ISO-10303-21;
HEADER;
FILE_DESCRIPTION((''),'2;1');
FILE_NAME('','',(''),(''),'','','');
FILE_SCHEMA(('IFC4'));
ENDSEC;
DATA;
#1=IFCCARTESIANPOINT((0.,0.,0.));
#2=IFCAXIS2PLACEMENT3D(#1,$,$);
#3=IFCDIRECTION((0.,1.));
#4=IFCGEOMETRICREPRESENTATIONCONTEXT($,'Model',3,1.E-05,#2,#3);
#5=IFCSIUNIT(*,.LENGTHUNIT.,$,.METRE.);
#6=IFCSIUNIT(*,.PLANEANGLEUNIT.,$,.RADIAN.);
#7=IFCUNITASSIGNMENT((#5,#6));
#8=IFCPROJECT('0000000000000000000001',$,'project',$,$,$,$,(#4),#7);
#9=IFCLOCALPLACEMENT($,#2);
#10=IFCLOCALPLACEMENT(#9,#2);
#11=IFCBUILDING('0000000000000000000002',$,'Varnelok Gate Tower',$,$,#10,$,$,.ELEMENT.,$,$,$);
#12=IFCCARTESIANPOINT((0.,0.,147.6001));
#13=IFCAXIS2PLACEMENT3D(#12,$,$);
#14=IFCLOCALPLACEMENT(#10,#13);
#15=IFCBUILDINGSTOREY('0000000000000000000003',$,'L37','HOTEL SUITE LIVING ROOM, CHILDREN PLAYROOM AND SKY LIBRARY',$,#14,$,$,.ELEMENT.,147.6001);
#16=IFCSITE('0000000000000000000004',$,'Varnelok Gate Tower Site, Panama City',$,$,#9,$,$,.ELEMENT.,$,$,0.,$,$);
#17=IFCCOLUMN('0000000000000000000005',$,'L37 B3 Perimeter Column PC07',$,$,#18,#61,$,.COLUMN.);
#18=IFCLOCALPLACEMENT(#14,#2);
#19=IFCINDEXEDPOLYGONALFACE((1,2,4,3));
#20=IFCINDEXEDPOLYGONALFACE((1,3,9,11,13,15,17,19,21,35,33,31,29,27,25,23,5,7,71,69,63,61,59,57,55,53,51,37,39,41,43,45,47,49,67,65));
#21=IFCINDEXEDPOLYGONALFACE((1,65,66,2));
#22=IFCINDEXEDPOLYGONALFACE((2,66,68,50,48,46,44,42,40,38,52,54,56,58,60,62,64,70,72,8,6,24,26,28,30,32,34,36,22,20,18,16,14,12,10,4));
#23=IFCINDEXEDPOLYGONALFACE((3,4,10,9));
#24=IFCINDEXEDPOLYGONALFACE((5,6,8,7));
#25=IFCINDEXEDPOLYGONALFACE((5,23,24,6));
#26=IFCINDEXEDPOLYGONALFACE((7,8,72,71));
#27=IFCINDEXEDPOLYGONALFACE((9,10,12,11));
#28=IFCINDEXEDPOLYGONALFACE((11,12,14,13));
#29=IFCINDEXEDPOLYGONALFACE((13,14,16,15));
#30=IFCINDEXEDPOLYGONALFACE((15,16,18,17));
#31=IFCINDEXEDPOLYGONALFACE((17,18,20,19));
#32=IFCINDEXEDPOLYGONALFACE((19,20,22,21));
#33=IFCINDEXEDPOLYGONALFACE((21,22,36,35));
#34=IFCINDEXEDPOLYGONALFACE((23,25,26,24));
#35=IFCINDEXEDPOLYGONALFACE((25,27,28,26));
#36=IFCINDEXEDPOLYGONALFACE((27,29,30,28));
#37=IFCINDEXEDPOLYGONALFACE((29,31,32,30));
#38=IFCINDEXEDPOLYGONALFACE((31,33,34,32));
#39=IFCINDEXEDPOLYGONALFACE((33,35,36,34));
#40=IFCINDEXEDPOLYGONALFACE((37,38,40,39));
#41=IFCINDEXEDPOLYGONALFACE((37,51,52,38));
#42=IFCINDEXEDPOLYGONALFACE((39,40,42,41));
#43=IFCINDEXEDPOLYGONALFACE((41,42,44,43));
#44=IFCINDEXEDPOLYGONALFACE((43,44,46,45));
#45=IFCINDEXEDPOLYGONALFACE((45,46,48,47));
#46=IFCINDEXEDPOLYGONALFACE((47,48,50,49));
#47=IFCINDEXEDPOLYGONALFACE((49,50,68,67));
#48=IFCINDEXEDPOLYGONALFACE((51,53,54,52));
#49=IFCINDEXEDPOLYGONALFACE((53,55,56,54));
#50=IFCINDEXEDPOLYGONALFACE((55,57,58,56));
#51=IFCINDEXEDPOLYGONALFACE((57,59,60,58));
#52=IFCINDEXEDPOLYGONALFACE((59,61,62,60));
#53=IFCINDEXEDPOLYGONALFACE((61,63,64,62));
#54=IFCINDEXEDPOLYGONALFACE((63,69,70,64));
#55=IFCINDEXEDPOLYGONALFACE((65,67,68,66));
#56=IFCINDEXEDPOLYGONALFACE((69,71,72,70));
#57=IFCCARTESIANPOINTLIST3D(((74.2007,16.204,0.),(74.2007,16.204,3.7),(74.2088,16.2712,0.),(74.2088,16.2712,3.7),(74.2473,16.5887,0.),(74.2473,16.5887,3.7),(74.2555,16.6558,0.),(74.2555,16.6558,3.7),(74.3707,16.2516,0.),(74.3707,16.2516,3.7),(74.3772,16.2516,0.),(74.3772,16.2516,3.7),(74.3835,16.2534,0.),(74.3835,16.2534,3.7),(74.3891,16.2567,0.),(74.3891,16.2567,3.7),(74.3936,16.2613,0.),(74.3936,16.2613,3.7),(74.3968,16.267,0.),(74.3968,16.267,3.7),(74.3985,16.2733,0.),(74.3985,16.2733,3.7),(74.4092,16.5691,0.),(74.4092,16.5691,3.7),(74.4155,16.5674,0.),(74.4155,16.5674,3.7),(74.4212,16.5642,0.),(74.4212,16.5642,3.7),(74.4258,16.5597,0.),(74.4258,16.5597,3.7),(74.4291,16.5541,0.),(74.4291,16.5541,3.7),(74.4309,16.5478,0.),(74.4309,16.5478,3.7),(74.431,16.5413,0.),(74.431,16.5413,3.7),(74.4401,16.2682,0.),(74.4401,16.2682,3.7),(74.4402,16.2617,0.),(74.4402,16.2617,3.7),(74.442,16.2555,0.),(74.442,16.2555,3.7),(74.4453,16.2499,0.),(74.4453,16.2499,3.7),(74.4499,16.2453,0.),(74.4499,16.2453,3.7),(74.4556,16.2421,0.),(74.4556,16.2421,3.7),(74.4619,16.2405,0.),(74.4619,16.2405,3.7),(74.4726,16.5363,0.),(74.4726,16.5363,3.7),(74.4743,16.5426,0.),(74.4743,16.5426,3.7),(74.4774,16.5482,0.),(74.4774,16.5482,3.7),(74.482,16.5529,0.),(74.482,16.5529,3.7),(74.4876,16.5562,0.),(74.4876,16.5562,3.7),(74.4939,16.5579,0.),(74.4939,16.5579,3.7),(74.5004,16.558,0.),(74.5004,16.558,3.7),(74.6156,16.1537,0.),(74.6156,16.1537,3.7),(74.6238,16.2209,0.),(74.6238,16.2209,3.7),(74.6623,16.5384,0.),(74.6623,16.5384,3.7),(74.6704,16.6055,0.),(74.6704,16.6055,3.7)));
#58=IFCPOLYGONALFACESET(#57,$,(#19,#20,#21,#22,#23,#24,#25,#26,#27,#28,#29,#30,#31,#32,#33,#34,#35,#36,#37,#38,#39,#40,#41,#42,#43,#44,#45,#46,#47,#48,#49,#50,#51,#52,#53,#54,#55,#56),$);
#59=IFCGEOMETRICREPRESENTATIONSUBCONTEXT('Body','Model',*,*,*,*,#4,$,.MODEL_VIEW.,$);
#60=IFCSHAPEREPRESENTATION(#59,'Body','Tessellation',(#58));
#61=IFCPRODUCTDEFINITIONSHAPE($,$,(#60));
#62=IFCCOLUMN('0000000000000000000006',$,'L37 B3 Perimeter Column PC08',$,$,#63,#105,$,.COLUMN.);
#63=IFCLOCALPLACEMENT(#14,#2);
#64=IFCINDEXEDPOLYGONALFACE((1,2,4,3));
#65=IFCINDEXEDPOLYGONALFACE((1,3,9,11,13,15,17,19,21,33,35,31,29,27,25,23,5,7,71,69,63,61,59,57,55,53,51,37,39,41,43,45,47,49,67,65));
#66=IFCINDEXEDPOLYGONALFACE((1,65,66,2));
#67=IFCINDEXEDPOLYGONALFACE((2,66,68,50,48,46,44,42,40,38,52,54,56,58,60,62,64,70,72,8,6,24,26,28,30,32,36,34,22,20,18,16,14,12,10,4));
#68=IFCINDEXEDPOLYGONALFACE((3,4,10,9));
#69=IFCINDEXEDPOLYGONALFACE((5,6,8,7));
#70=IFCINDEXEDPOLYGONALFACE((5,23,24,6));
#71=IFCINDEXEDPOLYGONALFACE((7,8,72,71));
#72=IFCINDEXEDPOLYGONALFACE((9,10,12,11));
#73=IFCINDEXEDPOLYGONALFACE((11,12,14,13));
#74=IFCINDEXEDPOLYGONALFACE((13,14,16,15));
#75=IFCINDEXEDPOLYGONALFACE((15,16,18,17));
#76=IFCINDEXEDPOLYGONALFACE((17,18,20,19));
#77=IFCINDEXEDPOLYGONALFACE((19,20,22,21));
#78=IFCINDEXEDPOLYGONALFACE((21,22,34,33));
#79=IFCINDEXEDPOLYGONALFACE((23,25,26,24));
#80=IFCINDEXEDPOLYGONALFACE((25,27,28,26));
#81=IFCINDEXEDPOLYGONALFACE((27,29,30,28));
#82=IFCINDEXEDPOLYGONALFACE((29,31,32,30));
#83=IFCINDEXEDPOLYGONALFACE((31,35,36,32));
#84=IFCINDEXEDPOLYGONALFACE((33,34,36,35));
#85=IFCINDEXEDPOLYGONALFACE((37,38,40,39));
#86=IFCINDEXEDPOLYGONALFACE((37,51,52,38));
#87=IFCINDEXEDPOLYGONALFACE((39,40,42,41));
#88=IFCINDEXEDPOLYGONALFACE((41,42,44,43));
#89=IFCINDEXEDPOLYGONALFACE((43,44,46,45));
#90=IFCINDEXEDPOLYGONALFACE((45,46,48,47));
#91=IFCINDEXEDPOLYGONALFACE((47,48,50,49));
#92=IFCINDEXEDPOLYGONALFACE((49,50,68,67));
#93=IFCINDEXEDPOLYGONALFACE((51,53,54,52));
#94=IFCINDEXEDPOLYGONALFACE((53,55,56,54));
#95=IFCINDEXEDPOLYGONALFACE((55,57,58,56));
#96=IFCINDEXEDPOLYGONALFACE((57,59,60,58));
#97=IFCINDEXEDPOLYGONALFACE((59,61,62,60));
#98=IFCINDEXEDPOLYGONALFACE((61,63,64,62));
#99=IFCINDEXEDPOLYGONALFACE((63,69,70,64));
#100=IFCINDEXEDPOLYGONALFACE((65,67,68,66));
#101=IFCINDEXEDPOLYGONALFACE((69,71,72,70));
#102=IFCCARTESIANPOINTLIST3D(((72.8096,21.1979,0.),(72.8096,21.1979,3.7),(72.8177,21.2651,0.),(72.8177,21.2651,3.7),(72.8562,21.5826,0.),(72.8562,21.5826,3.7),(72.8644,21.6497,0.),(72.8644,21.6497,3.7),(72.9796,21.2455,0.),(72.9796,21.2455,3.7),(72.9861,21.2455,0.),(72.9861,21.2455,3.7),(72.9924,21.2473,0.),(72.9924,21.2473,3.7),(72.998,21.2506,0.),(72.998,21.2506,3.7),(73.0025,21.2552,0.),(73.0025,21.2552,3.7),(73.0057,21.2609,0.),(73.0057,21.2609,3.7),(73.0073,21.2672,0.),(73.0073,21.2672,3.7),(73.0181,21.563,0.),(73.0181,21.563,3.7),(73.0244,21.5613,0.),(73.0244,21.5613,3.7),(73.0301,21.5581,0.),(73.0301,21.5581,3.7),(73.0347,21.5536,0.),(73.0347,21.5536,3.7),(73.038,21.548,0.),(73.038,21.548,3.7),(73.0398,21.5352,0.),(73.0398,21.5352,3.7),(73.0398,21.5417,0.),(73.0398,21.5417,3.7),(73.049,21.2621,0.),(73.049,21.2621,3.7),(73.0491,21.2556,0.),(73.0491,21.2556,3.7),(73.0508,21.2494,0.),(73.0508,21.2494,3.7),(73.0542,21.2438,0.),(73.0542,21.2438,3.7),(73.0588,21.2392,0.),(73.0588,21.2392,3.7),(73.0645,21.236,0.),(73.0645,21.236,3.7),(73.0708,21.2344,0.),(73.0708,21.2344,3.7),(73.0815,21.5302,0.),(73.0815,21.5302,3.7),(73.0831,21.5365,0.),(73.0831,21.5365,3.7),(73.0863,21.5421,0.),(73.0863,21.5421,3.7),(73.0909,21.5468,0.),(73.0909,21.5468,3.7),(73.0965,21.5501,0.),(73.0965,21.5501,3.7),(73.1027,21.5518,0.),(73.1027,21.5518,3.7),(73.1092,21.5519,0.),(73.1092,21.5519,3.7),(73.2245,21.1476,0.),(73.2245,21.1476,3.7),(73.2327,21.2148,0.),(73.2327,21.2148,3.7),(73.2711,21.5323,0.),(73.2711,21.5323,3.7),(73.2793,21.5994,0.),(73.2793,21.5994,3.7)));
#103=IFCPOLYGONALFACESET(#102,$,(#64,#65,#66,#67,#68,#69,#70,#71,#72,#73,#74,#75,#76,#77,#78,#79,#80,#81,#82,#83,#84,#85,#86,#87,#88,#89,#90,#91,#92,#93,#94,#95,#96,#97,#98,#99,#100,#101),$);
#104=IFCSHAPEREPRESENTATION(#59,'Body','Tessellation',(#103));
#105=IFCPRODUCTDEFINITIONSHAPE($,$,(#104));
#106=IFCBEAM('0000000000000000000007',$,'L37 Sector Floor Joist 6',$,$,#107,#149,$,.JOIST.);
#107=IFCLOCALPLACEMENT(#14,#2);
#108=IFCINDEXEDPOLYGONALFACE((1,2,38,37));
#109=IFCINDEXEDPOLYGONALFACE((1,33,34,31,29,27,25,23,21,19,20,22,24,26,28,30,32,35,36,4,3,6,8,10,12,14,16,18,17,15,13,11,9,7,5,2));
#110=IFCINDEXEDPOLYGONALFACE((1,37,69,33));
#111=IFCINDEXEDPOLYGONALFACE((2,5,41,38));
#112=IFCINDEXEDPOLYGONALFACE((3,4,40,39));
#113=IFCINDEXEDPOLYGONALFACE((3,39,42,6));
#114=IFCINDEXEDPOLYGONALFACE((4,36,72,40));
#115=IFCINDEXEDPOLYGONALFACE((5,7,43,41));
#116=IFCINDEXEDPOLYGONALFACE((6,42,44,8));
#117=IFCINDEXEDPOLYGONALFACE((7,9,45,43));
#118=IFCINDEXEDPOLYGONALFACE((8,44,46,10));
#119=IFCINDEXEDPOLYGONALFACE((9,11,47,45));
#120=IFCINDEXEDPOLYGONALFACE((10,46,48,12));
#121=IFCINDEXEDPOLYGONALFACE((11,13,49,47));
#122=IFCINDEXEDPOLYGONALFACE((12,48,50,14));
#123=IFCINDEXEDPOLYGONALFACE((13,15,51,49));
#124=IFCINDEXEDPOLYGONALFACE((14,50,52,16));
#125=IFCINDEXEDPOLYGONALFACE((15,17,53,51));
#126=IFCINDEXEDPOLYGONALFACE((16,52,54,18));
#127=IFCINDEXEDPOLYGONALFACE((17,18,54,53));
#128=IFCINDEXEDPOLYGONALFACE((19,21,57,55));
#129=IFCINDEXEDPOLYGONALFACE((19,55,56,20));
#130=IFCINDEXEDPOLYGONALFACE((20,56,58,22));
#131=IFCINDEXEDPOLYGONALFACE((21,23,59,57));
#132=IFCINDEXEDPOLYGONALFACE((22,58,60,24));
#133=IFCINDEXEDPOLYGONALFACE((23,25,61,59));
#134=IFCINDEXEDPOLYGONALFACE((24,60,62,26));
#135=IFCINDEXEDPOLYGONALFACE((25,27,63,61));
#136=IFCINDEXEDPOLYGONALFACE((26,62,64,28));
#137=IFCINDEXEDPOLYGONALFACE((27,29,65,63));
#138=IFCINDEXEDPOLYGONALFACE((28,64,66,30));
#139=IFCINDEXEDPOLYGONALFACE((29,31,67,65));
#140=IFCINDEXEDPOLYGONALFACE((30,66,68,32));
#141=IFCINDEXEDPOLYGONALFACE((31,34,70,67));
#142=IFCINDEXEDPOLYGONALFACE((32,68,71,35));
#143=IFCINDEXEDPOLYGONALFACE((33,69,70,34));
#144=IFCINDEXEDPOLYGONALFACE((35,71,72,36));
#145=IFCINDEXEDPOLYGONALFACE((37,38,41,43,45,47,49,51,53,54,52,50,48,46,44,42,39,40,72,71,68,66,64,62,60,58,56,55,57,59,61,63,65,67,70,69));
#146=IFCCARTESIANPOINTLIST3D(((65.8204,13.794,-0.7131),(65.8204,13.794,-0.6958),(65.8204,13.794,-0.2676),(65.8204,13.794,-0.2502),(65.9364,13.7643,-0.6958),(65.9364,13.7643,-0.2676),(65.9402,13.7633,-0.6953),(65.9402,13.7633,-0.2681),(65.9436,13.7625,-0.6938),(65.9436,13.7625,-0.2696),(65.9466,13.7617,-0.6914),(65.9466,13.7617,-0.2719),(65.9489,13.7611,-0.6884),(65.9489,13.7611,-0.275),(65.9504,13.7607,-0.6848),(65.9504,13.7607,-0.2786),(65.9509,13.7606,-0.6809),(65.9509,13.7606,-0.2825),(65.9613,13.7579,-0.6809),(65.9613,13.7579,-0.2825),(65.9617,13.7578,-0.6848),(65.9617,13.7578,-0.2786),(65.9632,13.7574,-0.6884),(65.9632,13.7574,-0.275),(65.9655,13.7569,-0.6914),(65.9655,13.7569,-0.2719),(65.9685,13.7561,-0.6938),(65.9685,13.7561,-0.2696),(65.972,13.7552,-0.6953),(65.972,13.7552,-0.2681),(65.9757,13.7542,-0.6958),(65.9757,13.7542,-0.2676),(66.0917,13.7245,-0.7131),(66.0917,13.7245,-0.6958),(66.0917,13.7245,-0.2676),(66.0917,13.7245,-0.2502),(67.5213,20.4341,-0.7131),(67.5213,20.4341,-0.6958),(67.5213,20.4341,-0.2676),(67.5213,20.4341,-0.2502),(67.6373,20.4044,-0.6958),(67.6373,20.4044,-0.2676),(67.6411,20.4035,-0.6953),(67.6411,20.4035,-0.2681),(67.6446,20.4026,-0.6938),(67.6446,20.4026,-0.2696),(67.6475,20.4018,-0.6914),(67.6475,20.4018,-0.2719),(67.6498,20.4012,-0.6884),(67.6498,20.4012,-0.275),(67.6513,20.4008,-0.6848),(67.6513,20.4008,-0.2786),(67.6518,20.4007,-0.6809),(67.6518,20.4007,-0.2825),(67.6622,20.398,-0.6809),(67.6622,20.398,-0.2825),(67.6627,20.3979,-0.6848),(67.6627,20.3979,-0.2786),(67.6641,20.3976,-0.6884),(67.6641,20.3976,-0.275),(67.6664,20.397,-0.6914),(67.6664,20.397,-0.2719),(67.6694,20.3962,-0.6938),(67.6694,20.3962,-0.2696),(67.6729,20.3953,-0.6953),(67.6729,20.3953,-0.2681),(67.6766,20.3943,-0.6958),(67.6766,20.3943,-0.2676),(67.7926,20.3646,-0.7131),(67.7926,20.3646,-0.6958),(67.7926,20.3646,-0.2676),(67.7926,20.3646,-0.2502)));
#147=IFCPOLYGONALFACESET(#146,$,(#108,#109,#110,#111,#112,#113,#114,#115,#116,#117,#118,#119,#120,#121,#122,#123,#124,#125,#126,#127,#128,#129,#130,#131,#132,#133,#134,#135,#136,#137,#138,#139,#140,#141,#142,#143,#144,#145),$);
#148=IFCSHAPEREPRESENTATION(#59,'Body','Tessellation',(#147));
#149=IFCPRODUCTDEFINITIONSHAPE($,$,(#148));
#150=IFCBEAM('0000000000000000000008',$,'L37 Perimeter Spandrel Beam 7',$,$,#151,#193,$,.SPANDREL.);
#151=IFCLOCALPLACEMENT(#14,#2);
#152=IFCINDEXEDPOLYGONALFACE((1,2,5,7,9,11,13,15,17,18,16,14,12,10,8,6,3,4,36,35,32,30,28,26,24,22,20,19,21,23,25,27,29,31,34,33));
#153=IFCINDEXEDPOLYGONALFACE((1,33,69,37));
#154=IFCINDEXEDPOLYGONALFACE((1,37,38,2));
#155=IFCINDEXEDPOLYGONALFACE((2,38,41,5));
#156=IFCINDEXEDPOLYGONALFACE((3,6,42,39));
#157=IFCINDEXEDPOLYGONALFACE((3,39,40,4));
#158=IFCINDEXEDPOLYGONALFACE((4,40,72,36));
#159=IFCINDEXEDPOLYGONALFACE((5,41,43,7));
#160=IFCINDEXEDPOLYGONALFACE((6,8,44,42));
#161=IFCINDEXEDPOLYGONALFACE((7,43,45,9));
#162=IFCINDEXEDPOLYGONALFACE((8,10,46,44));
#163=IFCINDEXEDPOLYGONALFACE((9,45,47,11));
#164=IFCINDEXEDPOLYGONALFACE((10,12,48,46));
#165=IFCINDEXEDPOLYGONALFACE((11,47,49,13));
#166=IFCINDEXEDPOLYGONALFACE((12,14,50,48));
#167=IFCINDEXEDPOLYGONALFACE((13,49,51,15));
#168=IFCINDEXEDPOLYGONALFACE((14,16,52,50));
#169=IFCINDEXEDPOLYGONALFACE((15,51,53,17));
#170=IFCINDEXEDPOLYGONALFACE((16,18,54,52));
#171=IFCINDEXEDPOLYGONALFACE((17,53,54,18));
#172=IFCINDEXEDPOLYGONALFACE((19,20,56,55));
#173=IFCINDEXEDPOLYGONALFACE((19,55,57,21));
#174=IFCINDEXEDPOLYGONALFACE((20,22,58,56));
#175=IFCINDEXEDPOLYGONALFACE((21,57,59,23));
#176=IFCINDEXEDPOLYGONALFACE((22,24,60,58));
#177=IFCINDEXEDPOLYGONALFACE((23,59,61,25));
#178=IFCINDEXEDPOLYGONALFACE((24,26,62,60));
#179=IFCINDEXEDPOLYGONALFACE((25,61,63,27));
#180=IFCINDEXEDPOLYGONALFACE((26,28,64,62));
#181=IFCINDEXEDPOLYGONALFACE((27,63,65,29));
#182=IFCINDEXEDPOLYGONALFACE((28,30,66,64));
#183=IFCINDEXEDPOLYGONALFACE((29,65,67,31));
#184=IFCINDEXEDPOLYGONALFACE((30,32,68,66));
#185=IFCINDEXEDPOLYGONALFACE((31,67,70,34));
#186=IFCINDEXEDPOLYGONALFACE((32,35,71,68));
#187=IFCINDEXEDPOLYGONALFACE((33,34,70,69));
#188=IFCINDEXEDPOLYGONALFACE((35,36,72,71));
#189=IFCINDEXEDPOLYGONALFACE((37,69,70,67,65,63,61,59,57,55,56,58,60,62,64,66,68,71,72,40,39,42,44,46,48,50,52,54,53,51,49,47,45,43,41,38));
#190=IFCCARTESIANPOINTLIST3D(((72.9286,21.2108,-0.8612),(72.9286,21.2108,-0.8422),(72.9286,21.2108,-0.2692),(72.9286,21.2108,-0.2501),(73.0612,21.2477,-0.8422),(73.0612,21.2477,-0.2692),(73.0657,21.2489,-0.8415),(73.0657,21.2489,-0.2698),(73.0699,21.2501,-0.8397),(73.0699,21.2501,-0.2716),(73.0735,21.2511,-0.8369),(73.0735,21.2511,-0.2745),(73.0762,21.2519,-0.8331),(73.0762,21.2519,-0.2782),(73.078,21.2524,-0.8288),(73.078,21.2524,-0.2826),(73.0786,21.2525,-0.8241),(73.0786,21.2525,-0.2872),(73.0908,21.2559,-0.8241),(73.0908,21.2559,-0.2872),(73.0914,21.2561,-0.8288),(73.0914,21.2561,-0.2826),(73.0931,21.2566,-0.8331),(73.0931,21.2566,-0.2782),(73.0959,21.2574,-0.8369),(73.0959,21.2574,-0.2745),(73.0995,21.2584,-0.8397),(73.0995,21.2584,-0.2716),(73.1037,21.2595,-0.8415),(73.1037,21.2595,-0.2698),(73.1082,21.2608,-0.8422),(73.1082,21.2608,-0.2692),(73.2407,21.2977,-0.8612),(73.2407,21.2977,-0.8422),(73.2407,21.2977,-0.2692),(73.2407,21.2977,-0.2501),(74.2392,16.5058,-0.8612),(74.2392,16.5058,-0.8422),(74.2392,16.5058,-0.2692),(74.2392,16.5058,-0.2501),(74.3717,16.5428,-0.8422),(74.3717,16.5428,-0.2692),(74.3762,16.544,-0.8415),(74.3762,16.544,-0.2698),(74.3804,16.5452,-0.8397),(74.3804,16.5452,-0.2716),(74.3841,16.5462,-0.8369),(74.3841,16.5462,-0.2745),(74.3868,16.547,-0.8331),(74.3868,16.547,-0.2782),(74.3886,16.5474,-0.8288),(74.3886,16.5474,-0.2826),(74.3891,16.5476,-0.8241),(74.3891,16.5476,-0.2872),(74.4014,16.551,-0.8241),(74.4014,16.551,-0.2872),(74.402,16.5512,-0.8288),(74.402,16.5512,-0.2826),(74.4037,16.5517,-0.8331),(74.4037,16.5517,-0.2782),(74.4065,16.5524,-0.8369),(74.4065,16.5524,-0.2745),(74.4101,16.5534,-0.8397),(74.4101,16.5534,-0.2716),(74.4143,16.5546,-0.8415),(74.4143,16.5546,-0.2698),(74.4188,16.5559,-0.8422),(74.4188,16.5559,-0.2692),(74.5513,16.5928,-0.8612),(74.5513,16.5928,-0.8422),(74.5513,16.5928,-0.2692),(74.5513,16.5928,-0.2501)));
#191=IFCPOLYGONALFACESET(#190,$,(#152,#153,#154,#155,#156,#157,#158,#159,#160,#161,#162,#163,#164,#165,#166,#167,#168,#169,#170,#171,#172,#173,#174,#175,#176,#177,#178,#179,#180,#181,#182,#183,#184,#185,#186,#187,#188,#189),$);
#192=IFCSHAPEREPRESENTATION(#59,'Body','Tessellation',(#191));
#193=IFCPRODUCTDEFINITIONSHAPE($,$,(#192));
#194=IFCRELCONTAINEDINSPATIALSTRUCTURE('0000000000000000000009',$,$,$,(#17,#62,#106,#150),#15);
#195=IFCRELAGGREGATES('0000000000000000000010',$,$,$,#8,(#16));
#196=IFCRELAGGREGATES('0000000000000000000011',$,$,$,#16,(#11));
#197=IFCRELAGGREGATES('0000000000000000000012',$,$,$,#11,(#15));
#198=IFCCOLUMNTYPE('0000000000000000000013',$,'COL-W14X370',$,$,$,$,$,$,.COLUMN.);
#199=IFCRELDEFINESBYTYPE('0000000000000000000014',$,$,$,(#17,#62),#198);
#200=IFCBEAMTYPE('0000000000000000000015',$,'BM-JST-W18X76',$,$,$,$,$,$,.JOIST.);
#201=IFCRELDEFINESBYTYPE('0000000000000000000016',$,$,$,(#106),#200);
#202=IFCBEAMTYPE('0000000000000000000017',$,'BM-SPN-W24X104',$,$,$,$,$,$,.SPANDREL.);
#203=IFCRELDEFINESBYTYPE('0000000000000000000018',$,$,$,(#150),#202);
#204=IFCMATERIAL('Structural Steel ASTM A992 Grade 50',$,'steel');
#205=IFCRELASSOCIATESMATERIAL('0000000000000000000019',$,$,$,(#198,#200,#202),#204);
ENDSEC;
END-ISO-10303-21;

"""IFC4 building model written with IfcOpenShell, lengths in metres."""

from ifc_helpers import new_model, si_unit, direction, frame, origin, origin_2d, place, context, subcontext, project, spatial, i_section, extrude, material, material_profile, profile_set, type_object, element, save


model = new_model("IFC4")

# Units and contexts
model_context = context("Model", 3, precision=1e-05, world=origin(), true_north=direction((0.0, 1.0)))
body_context = subcontext(model_context, "Body", "Model", "MODEL_VIEW")
ifc_project = project(units=[si_unit("LENGTHUNIT", "METRE"), si_unit("PLANEANGLEUNIT", "RADIAN")], contexts=[model_context])

# Site, building, storey
site_placement = place(None, origin())
site = spatial("IfcSite", under=ifc_project, at=site_placement, Name="Varnelok Gate Tower Site, Panama City", CompositionType="ELEMENT", RefElevation=0.0)
building_placement = place(site_placement, origin())
building = spatial("IfcBuilding", under=site, at=building_placement, Name="Varnelok Gate Tower", CompositionType="ELEMENT")
storey_placement = place(building_placement, frame((0.0, 0.0, 147.6001)))
storey = spatial("IfcBuildingStorey", under=building, at=storey_placement, Name="L37", Description="HOTEL SUITE LIVING ROOM, CHILDREN PLAYROOM AND SKY LIBRARY", CompositionType="ELEMENT", Elevation=147.6001)

# Columns
ifc_material_1 = material(Name="Structural Steel ASTM A992 Grade 50", Category="steel")
ifc_material_profile_1 = material_profile(ifc_material_1, i_section(OverallWidth=0.418, OverallDepth=0.4551, WebThickness=0.042, FlangeThickness=0.0676, FilletRadius=0.0249, at=origin_2d()), Name="W14X370")
ifc_profile_set_1 = profile_set([ifc_material_profile_1], Name="Structural Steel ASTM A992 Grade 50")
column_type = type_object("IfcColumnType", Name="COL-W14X370", PredefinedType="COLUMN", material=ifc_profile_set_1)
for number, where, z_axis, x_axis, name in (
    (1, (74.4355, 16.4048, 0.0), (0.0, 0.0, 1.0), (0.992732, -0.120345, 0.0), "L37 B3 Perimeter Column PC07"),
    (2, (73.0444, 21.3987, 0.0), (0.0, 0.0, 1.0), (0.992732, -0.120345, 0.0), "L37 B3 Perimeter Column PC08"),
):
    element("IfcColumn", number, at=place(storey_placement, frame(where, z_axis=z_axis, x_axis=x_axis)), inside=storey, type_object=column_type, Name=name, PredefinedType="COLUMN", context=body_context, shape_type="SweptSolid", body=[
        extrude(i_section(OverallWidth=0.418, OverallDepth=0.4551, WebThickness=0.042, FlangeThickness=0.0676, FilletRadius=0.0249, at=origin_2d()), origin(), (0.0, 0.0, 1.0), 3.7),
    ])

# Beams
ifc_material_profile_2 = material_profile(ifc_material_1, i_section(OverallWidth=0.28, OverallDepth=0.4629, WebThickness=0.0107, FlangeThickness=0.0173, FilletRadius=0.0149, at=origin_2d()), Name="W18X76")
ifc_profile_set_2 = profile_set([ifc_material_profile_2], Name="Structural Steel ASTM A992 Grade 50")
beam_type_1 = type_object("IfcBeamType", Name="BM-JST-W18X76", PredefinedType="JOIST", material=ifc_profile_set_2)
beam_1_placement = place(storey_placement, frame((65.9561, 13.7593, -0.4817), z_axis=(0.248147, 0.968723, 0.0), x_axis=(-0.968723, 0.248147, 0.0)))
element("IfcBeam", 3, at=beam_1_placement, inside=storey, type_object=beam_type_1, Name="L37 Sector Floor Joist 6", PredefinedType="JOIST", context=body_context, shape_type="SweptSolid", body=[
    extrude(i_section(OverallWidth=0.28, OverallDepth=0.4629, WebThickness=0.0107, FlangeThickness=0.0173, FilletRadius=0.0149, at=origin_2d()), origin(), (0.0, 0.0, 1.0), 6.8545),
])
ifc_material_profile_3 = material_profile(ifc_material_1, i_section(OverallWidth=0.324, OverallDepth=0.6111, WebThickness=0.0127, FlangeThickness=0.019, FilletRadius=0.0181, at=origin_2d()), Name="W24X104")
ifc_profile_set_3 = profile_set([ifc_material_profile_3], Name="Structural Steel ASTM A992 Grade 50")
beam_type_2 = type_object("IfcBeamType", Name="BM-SPN-W24X104", PredefinedType="SPANDREL", material=ifc_profile_set_3)
beam_2_placement = place(storey_placement, frame((74.3953, 16.5493, -0.5557), z_axis=(-0.268337, 0.963325, 0.0), x_axis=(-0.963325, -0.268337, 0.0)))
element("IfcBeam", 4, at=beam_2_placement, inside=storey, type_object=beam_type_2, Name="L37 Perimeter Spandrel Beam 7", PredefinedType="SPANDREL", context=body_context, shape_type="SweptSolid", body=[
    extrude(i_section(OverallWidth=0.324, OverallDepth=0.6111, WebThickness=0.0127, FlangeThickness=0.019, FilletRadius=0.0181, at=origin_2d()), origin(), (0.0, 0.0, 1.0), 4.884),
])

save(model, "model.ifc")
